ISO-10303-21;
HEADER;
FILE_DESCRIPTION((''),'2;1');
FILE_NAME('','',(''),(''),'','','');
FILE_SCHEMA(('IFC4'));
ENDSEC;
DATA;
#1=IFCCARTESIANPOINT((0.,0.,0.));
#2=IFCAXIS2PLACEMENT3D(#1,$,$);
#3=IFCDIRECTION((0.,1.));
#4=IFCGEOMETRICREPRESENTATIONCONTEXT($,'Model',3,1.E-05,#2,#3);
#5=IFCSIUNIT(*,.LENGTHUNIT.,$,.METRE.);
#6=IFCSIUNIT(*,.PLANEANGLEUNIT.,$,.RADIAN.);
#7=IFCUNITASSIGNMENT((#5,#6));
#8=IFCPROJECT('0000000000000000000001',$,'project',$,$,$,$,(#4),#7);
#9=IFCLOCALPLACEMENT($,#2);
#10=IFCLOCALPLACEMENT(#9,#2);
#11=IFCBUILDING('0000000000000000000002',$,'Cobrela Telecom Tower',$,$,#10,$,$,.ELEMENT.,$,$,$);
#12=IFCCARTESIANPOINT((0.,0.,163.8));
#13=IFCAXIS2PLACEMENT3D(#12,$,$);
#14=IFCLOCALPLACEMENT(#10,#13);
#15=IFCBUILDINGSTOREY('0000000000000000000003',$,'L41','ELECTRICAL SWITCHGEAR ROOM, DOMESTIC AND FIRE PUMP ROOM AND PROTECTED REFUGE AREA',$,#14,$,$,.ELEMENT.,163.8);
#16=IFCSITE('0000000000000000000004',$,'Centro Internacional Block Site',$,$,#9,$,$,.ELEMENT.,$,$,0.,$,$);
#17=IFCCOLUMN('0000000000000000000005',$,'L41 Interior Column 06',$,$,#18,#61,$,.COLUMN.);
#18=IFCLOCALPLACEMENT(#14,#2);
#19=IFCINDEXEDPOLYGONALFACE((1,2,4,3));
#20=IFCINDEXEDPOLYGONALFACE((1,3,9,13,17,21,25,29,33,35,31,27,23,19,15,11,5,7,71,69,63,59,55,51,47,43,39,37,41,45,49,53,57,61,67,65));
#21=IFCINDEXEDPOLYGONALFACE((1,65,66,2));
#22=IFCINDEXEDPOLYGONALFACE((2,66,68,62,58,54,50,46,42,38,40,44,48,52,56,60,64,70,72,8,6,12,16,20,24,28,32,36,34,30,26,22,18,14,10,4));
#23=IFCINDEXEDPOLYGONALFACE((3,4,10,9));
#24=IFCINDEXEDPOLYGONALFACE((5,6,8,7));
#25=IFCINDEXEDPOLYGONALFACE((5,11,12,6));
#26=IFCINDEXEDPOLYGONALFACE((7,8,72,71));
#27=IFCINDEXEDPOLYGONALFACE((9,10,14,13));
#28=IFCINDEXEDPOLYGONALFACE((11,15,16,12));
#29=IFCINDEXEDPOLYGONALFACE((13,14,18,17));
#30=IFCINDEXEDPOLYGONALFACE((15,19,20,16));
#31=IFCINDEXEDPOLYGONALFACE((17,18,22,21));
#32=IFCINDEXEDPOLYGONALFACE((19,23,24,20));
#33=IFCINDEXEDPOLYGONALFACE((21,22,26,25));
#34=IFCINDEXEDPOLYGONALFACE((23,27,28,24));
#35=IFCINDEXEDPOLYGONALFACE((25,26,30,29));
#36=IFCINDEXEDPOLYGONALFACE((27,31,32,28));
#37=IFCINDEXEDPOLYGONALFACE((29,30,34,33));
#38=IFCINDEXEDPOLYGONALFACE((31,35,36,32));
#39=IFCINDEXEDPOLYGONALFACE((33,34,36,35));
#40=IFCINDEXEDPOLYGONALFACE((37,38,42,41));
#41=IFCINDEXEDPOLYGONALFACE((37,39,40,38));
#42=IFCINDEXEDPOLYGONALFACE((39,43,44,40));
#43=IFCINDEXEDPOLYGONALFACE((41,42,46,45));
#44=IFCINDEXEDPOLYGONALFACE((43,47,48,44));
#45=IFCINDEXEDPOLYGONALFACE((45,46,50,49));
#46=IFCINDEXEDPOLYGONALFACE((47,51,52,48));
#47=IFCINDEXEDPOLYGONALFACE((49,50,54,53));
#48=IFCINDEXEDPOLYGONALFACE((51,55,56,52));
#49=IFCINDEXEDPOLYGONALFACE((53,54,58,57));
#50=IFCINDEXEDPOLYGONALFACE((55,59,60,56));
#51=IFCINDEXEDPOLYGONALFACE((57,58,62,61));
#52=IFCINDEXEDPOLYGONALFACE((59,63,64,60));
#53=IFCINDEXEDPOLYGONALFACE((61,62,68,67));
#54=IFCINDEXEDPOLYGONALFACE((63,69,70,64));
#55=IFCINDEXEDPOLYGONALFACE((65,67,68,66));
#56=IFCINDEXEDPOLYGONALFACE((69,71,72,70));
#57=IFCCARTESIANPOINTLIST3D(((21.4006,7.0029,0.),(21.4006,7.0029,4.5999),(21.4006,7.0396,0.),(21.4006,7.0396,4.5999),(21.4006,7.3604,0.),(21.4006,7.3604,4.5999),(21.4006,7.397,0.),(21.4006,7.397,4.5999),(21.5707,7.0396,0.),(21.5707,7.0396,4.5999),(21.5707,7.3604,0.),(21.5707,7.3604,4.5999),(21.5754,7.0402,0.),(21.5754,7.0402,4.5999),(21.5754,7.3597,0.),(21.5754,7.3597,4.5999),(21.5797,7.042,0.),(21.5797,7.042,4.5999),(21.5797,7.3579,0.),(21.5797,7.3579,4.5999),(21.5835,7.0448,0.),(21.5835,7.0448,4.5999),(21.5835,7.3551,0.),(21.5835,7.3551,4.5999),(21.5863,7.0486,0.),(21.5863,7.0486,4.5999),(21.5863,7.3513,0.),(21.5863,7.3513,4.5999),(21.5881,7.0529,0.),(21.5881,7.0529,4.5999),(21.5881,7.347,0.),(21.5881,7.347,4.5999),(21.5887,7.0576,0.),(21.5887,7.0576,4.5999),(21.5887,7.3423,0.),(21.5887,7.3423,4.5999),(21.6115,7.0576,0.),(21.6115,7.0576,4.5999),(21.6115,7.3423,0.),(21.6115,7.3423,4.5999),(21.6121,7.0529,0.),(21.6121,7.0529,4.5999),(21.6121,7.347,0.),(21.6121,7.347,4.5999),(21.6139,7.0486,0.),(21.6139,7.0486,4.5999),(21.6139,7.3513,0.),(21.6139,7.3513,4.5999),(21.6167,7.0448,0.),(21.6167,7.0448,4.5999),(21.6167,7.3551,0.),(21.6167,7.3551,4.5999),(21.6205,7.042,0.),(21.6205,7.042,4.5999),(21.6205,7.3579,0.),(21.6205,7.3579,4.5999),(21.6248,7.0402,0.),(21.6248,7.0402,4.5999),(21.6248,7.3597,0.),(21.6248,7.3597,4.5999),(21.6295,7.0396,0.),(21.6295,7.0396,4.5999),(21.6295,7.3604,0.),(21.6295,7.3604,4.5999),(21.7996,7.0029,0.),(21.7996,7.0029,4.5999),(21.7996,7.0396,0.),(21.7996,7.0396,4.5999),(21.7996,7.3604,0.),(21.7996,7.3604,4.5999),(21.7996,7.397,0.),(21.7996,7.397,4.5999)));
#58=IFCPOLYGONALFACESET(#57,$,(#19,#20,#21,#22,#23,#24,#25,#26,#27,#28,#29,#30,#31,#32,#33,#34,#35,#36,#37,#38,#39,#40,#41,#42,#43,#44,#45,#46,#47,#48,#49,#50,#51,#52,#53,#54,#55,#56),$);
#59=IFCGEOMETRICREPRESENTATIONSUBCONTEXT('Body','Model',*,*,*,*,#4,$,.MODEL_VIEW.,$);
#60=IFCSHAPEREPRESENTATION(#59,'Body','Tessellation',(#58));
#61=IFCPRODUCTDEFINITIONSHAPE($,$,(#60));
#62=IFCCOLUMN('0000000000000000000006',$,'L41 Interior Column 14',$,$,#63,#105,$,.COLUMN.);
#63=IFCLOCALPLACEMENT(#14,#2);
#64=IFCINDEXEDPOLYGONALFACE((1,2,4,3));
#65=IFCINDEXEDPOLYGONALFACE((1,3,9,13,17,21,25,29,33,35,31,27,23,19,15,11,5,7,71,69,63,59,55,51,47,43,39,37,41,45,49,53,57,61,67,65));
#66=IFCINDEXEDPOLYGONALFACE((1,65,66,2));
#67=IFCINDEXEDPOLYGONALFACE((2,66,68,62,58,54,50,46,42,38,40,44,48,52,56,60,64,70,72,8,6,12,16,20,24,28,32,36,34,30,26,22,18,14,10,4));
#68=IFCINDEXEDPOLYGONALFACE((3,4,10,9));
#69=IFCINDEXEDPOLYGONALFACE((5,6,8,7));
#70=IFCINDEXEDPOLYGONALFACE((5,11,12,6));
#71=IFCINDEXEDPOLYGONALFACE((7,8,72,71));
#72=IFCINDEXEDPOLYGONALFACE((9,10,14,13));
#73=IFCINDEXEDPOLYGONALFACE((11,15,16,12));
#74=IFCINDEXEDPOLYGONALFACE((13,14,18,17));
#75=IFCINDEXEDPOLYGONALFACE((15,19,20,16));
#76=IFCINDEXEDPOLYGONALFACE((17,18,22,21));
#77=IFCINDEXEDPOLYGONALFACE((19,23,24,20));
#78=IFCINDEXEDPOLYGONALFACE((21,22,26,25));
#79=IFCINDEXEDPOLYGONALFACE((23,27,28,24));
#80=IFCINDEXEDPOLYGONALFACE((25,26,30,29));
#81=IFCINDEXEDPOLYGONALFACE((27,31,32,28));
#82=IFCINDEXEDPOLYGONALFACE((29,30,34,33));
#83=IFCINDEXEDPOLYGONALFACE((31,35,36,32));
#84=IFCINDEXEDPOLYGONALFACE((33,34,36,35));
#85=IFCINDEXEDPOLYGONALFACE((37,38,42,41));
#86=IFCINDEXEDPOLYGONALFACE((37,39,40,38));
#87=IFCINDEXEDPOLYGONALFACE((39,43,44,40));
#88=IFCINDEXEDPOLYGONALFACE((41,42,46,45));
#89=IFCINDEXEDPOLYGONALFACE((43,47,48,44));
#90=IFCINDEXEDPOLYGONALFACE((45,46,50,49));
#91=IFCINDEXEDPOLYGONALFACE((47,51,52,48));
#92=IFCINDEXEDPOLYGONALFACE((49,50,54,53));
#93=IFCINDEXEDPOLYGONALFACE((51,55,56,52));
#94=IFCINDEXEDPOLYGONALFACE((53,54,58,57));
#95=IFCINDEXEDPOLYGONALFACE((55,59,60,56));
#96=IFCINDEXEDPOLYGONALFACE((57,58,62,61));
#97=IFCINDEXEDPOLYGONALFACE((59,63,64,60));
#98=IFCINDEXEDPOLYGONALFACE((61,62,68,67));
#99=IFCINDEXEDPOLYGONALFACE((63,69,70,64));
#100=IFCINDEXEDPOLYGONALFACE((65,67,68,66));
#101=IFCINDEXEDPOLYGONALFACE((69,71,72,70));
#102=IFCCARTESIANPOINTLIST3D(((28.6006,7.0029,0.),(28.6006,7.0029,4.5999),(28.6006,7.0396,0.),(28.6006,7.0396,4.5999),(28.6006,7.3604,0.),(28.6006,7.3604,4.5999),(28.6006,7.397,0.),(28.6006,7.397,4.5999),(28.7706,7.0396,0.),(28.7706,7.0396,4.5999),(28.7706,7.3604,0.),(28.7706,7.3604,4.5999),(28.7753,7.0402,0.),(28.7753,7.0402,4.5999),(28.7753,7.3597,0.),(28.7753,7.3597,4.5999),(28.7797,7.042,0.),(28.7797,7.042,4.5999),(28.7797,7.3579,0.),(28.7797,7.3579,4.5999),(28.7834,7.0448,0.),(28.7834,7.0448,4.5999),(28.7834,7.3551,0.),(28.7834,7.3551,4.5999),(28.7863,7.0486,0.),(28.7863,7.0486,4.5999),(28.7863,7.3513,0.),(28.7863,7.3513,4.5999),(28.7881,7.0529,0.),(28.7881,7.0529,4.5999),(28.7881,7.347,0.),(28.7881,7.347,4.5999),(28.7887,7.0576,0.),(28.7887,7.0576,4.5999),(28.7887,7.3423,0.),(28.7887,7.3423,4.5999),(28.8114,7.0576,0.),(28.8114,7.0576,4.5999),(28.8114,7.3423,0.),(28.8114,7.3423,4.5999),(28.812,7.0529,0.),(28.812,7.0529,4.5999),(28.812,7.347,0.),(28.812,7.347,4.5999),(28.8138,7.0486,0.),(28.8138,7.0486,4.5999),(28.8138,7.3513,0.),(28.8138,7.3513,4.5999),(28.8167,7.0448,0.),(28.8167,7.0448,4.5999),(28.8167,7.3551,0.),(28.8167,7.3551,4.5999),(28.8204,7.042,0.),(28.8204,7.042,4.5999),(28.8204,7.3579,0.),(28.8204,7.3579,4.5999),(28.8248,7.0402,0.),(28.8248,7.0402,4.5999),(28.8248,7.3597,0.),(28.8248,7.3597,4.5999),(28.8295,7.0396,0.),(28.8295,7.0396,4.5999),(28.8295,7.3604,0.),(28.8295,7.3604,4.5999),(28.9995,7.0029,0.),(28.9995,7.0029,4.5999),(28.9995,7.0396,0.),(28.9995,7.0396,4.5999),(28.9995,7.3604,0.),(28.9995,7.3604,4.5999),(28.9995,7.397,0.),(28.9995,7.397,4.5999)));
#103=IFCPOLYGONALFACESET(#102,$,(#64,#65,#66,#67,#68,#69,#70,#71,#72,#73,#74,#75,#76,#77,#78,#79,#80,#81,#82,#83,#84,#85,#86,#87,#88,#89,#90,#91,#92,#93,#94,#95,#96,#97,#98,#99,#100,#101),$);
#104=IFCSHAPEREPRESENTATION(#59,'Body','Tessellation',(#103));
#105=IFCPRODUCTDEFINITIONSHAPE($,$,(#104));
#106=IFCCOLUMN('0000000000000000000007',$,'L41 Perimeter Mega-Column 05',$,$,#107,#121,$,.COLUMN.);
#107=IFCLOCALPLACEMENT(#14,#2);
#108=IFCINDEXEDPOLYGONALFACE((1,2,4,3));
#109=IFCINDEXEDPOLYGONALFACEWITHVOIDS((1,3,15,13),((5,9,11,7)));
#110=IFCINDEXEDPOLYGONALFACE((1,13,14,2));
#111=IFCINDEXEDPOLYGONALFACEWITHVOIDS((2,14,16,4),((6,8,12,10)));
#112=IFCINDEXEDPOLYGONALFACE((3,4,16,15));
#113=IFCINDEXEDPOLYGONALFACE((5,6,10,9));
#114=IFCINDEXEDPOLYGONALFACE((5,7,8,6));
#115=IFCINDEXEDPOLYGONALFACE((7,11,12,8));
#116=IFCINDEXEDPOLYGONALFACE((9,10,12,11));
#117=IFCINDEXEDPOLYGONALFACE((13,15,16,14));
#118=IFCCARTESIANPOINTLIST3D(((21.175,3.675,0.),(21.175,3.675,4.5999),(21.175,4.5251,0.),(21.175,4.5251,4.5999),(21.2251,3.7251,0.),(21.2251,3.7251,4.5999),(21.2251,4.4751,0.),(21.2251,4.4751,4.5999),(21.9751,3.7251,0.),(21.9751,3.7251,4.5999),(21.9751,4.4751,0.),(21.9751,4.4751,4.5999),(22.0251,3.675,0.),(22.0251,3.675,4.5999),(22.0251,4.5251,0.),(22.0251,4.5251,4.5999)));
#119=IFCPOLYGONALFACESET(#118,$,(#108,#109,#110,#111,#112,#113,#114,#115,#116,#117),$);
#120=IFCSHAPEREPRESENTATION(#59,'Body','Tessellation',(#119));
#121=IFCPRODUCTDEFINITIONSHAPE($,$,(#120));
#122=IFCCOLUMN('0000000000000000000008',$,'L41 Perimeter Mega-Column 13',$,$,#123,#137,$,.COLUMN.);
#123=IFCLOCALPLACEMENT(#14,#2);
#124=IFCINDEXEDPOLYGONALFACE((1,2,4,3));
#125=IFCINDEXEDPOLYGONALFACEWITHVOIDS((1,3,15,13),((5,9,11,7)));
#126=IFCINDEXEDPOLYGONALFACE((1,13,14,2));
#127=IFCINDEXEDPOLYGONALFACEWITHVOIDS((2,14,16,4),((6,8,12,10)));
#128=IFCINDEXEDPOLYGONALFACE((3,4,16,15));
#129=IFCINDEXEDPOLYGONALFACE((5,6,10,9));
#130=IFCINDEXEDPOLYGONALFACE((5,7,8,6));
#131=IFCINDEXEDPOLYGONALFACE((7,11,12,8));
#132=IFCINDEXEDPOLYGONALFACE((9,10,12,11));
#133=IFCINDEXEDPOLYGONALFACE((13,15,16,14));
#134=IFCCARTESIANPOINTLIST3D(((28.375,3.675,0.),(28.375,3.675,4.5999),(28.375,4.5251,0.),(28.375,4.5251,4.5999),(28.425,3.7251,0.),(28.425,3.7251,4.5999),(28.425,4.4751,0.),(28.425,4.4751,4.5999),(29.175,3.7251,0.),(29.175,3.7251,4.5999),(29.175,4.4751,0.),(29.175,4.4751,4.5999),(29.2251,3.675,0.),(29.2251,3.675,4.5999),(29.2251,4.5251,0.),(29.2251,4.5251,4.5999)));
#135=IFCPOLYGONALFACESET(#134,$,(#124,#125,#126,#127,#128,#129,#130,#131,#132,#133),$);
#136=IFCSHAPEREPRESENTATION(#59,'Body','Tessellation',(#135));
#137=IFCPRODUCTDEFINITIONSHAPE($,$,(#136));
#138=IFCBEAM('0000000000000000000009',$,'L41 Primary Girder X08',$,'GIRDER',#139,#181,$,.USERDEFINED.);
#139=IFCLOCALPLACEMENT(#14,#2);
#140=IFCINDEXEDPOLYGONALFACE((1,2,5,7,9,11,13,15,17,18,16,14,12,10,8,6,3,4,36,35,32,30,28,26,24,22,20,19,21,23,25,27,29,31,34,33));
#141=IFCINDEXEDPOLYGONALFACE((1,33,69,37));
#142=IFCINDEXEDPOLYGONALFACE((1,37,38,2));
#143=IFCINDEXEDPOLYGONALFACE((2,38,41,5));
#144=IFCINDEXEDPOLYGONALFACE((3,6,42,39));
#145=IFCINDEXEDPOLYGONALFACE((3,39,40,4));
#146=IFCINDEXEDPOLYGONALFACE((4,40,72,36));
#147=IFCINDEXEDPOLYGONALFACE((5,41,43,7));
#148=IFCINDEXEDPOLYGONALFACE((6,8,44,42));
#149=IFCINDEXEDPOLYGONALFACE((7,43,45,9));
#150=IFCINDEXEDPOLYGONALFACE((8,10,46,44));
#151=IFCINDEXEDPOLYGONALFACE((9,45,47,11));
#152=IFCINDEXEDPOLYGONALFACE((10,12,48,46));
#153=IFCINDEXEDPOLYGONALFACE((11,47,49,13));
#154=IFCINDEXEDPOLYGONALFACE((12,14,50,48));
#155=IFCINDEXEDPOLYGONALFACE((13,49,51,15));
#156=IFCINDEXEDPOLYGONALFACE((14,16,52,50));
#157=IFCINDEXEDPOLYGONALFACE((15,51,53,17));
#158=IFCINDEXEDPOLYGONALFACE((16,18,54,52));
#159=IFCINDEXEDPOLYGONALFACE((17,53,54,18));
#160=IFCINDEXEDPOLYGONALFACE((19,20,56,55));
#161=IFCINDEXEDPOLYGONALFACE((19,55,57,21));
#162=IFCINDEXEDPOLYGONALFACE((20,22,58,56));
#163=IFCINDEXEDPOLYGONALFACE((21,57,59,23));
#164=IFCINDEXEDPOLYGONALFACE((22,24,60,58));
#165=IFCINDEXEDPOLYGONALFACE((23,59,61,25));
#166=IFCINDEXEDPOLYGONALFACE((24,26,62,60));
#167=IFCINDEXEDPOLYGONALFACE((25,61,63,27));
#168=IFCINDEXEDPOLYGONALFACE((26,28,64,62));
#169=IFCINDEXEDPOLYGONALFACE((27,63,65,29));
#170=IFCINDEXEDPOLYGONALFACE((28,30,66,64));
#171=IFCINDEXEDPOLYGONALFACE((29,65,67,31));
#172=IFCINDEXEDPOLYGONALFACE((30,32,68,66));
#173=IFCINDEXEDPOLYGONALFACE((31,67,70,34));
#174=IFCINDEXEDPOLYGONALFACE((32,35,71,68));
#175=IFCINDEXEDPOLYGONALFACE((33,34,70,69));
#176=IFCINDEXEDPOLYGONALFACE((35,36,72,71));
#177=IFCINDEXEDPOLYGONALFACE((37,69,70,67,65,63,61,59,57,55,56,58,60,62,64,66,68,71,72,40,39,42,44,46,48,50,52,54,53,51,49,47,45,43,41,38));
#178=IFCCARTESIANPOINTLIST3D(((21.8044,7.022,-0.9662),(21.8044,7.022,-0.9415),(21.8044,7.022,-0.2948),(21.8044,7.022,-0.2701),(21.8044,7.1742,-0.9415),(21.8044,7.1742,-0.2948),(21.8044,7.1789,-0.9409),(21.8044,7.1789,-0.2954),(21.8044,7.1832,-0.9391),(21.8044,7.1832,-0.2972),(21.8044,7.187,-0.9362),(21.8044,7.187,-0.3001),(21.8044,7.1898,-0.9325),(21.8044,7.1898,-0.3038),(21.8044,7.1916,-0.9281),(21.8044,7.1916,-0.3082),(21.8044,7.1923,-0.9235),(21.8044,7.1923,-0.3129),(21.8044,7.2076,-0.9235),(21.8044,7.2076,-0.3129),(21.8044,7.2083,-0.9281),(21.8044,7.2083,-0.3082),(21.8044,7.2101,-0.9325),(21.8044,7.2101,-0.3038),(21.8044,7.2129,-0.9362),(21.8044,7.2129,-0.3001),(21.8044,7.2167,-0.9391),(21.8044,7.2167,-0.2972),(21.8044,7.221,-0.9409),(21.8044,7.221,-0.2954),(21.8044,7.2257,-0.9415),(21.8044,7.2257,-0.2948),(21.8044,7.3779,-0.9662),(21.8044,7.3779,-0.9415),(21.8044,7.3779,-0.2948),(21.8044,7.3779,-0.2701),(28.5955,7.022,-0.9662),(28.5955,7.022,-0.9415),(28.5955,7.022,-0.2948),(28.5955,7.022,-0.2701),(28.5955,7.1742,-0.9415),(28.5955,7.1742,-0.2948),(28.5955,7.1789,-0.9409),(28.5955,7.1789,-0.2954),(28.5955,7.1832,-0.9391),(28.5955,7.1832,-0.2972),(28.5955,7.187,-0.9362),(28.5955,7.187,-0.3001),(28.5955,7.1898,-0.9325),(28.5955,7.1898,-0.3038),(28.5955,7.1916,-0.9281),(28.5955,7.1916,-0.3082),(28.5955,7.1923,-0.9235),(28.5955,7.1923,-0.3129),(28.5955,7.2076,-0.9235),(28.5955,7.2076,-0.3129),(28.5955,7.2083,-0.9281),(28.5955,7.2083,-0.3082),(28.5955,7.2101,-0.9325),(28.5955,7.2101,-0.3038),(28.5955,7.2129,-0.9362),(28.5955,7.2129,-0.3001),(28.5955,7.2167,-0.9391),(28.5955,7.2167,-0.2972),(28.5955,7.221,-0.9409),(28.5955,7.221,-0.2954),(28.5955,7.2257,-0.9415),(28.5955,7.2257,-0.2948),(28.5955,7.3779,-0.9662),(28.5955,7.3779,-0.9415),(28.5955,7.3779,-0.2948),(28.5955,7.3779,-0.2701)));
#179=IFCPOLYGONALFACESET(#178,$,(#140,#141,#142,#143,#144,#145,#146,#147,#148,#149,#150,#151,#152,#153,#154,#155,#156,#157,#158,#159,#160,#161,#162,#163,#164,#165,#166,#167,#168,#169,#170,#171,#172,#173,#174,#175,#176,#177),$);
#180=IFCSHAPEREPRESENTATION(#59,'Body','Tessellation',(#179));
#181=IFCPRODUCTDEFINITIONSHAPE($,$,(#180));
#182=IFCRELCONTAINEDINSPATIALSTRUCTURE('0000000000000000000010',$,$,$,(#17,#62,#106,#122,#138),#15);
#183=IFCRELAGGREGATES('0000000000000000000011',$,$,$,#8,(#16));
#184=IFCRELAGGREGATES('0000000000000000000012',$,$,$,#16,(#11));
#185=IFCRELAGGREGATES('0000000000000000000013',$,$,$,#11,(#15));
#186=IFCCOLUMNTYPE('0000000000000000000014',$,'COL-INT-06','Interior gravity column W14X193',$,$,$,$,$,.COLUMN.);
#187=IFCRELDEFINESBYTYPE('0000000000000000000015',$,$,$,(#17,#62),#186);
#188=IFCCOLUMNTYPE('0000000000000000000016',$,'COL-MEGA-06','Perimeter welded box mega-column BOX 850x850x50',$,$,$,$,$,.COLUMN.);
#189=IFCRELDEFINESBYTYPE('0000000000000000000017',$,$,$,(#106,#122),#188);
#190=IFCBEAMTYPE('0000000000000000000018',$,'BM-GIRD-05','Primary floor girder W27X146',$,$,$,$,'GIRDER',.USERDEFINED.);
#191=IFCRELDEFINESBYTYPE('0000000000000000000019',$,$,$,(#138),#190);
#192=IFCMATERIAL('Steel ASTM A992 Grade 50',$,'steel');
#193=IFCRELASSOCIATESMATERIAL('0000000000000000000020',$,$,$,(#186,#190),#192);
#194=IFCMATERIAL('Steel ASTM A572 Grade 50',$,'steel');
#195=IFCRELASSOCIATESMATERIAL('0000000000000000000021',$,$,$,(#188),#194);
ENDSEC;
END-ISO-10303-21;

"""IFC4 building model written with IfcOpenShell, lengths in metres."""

from ifc_helpers import new_model, si_unit, direction, frame, origin, origin_2d, place, context, subcontext, project, spatial, hollow_rectangle, i_section, extrude, material, material_profile, profile_set, type_object, element, save


model = new_model("IFC4")

# Units and contexts
model_context = context("Model", 3, precision=1e-05, world=origin(), true_north=direction((0.0, 1.0)))
body_context = subcontext(model_context, "Body", "Model", "MODEL_VIEW")
ifc_project = project(units=[si_unit("LENGTHUNIT", "METRE"), si_unit("PLANEANGLEUNIT", "RADIAN")], contexts=[model_context])

# Site, building, storey
site_placement = place(None, origin())
site = spatial("IfcSite", under=ifc_project, at=site_placement, Name="Centro Internacional Block Site", CompositionType="ELEMENT", RefElevation=0.0)
building_placement = place(site_placement, origin())
building = spatial("IfcBuilding", under=site, at=building_placement, Name="Cobrela Telecom Tower", CompositionType="ELEMENT")
storey_placement = place(building_placement, frame((0.0, 0.0, 163.8)))
storey = spatial("IfcBuildingStorey", under=building, at=storey_placement, Name="L41", Description="ELECTRICAL SWITCHGEAR ROOM, DOMESTIC AND FIRE PUMP ROOM AND PROTECTED REFUGE AREA", CompositionType="ELEMENT", Elevation=163.8)

# Columns
ifc_material_1 = material(Name="Steel ASTM A992 Grade 50", Category="steel")
ifc_material_profile_1 = material_profile(ifc_material_1, i_section(OverallWidth=0.3989, OverallDepth=0.394, WebThickness=0.0227, FlangeThickness=0.0366, FilletRadius=0.0181, at=origin_2d()), Name="W14X193")
ifc_profile_set_1 = profile_set([ifc_material_profile_1], Name="Steel ASTM A992 Grade 50")
column_type_1 = type_object("IfcColumnType", Name="COL-INT-06", Description="Interior gravity column W14X193", PredefinedType="COLUMN", material=ifc_profile_set_1)
for number, where, z_axis, x_axis, name in (
    (1, (21.6001, 7.2, 0.0), (0.0, 0.0, 1.0), (1.0, 0.0, 0.0), "L41 Interior Column 06"),
    (2, (28.8, 7.2, 0.0), (0.0, 0.0, 1.0), (1.0, 0.0, 0.0), "L41 Interior Column 14"),
):
    element("IfcColumn", number, at=place(storey_placement, frame(where, z_axis=z_axis, x_axis=x_axis)), inside=storey, type_object=column_type_1, Name=name, PredefinedType="COLUMN", context=body_context, shape_type="SweptSolid", body=[
        extrude(i_section(OverallWidth=0.3989, OverallDepth=0.394, WebThickness=0.0227, FlangeThickness=0.0366, FilletRadius=0.0181, at=origin_2d()), origin(), (0.0, 0.0, 1.0), 4.5999),
    ])
ifc_material_2 = material(Name="Steel ASTM A572 Grade 50", Category="steel")
ifc_material_profile_2 = material_profile(ifc_material_2, hollow_rectangle(XDim=0.8501, YDim=0.8501, WallThickness=0.05, at=origin_2d()), Name="BOX 850x850x50")
ifc_profile_set_2 = profile_set([ifc_material_profile_2], Name="Steel ASTM A572 Grade 50")
column_type_2 = type_object("IfcColumnType", Name="COL-MEGA-06", Description="Perimeter welded box mega-column BOX 850x850x50", PredefinedType="COLUMN", material=ifc_profile_set_2)
for number, where, z_axis, x_axis, name in (
    (3, (21.6001, 4.1001, 0.0), (0.0, 0.0, 1.0), (1.0, 0.0, 0.0), "L41 Perimeter Mega-Column 05"),
    (4, (28.8, 4.1001, 0.0), (0.0, 0.0, 1.0), (1.0, 0.0, 0.0), "L41 Perimeter Mega-Column 13"),
):
    element("IfcColumn", number, at=place(storey_placement, frame(where, z_axis=z_axis, x_axis=x_axis)), inside=storey, type_object=column_type_2, Name=name, PredefinedType="COLUMN", context=body_context, shape_type="SweptSolid", body=[
        extrude(hollow_rectangle(XDim=0.8501, YDim=0.8501, WallThickness=0.05, at=origin_2d()), origin(), (0.0, 0.0, 1.0), 4.5999),
    ])

# Beam
ifc_material_profile_3 = material_profile(ifc_material_1, i_section(OverallWidth=0.356, OverallDepth=0.696, WebThickness=0.0154, FlangeThickness=0.0247, FilletRadius=0.0181, at=origin_2d()), Name="W27X146")
ifc_profile_set_3 = profile_set([ifc_material_profile_3], Name="Steel ASTM A992 Grade 50")
beam_type_1 = type_object("IfcBeamType", Name="BM-GIRD-05", Description="Primary floor girder W27X146", ElementType="GIRDER", PredefinedType="USERDEFINED", material=ifc_profile_set_3)
for number, where, z_axis, x_axis, name in (
    (5, (21.8044, 7.2, -0.6182), (1.0, 0.0, 0.0), (0.0, 1.0, 0.0), "L41 Primary Girder X08"),
):
    element("IfcBeam", number, at=place(storey_placement, frame(where, z_axis=z_axis, x_axis=x_axis)), inside=storey, type_object=beam_type_1, Name=name, ObjectType="GIRDER", PredefinedType="USERDEFINED", context=body_context, shape_type="SweptSolid", body=[
        extrude(i_section(OverallWidth=0.356, OverallDepth=0.696, WebThickness=0.0154, FlangeThickness=0.0247, FilletRadius=0.0181, at=origin_2d()), origin(), (0.0, 0.0, 1.0), 6.791),
    ])

save(model, "model.ifc")
